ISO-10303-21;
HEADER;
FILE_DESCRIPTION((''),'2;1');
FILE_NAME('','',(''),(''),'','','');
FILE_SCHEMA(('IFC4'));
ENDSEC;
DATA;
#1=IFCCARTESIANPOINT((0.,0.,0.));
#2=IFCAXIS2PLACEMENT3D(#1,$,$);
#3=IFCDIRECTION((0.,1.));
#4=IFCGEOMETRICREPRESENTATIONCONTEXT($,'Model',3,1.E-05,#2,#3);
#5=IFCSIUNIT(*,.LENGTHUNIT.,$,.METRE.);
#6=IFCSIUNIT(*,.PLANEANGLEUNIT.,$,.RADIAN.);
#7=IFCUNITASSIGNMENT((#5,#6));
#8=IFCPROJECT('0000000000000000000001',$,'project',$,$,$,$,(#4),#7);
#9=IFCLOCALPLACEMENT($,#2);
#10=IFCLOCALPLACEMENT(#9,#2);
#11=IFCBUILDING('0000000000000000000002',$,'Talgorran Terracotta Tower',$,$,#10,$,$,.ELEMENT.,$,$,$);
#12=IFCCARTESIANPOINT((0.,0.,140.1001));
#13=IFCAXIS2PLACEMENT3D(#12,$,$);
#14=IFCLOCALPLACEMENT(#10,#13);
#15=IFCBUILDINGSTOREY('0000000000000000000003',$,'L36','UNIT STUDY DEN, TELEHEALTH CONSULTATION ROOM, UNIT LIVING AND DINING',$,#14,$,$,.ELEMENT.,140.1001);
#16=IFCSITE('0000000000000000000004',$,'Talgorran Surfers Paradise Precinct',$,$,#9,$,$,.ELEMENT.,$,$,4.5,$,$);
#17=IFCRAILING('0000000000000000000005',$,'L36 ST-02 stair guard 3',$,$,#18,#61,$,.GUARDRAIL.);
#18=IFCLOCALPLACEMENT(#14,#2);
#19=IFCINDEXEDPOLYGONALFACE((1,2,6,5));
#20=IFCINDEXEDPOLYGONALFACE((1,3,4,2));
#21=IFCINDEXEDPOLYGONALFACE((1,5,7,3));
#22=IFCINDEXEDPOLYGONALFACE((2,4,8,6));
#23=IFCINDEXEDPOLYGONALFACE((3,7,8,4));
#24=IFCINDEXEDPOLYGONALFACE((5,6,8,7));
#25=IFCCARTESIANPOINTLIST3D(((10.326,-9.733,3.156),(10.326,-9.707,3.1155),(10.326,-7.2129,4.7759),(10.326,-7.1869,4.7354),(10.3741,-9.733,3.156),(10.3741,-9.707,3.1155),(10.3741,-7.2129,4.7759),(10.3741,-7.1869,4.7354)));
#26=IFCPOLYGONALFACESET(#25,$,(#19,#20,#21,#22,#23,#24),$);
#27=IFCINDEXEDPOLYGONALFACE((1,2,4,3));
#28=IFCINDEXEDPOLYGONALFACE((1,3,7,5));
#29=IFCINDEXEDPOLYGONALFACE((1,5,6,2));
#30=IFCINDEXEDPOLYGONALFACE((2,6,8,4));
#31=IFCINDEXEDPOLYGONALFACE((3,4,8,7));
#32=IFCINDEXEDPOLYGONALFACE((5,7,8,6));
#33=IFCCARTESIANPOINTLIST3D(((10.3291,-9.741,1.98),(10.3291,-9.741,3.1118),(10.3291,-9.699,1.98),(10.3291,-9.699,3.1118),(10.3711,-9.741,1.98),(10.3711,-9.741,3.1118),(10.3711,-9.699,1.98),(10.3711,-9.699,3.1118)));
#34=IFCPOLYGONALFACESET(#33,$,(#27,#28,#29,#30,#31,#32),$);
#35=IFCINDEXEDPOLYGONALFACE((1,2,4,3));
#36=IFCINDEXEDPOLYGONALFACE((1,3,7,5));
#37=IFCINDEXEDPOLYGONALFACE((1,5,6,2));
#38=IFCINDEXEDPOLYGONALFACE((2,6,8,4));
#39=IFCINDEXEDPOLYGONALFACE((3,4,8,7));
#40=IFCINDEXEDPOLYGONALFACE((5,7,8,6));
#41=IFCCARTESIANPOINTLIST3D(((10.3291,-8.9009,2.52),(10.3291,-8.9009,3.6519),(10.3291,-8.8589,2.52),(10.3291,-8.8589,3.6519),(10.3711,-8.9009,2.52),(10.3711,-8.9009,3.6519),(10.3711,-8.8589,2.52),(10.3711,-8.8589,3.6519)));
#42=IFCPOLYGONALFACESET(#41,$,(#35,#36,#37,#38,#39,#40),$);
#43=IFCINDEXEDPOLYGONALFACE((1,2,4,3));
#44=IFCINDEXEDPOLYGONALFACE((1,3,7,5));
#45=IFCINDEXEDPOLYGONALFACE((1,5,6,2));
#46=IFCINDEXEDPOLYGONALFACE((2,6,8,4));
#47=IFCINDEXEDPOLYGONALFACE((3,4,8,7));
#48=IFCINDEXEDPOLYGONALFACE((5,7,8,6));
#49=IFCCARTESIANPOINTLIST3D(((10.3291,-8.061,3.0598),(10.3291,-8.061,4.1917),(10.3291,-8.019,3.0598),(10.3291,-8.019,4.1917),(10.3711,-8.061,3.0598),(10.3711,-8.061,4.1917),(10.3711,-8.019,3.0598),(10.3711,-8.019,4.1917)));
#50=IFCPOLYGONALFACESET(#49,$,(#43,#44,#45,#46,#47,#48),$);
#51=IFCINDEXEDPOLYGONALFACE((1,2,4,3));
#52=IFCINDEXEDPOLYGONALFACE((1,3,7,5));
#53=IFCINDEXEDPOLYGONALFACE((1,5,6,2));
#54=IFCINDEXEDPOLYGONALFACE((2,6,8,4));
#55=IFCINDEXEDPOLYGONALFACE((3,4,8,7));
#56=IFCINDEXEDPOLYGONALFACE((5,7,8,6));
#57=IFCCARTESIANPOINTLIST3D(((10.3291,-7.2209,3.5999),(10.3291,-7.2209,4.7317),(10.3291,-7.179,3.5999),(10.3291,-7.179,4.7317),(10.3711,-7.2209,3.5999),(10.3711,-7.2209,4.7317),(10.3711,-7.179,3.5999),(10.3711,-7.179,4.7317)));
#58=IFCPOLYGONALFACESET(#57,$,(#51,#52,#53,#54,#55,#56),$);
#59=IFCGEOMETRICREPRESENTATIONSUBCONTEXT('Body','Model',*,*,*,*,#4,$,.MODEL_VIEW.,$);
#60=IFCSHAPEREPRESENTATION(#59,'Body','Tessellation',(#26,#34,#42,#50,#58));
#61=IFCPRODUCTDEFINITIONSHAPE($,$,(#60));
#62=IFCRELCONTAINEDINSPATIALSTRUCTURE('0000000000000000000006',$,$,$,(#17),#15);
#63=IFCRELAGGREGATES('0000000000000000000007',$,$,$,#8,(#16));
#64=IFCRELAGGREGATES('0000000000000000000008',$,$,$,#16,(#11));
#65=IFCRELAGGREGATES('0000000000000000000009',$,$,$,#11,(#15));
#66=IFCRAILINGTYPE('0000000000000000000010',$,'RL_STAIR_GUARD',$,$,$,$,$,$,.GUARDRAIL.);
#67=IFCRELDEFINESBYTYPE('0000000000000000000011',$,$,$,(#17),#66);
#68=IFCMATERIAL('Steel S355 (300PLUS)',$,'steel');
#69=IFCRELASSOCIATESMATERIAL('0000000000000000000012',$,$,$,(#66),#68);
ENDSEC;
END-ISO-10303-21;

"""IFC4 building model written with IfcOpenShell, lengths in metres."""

from ifc_helpers import new_model, si_unit, direction, frame, origin, origin_2d, place, context, subcontext, project, spatial, rectangle, extrude, material, type_object, element, save


model = new_model("IFC4")

# Units and contexts
model_context = context("Model", 3, precision=1e-05, world=origin(), true_north=direction((0.0, 1.0)))
body_context = subcontext(model_context, "Body", "Model", "MODEL_VIEW")
ifc_project = project(units=[si_unit("LENGTHUNIT", "METRE"), si_unit("PLANEANGLEUNIT", "RADIAN")], contexts=[model_context])

# Site, building, storey
site_placement = place(None, origin())
site = spatial("IfcSite", under=ifc_project, at=site_placement, Name="Talgorran Surfers Paradise Precinct", CompositionType="ELEMENT", RefElevation=4.5)
building_placement = place(site_placement, origin())
building = spatial("IfcBuilding", under=site, at=building_placement, Name="Talgorran Terracotta Tower", CompositionType="ELEMENT")
storey_placement = place(building_placement, frame((0.0, 0.0, 140.1001)))
storey = spatial("IfcBuildingStorey", under=building, at=storey_placement, Name="L36", Description="UNIT STUDY DEN, TELEHEALTH CONSULTATION ROOM, UNIT LIVING AND DINING", CompositionType="ELEMENT", Elevation=140.1001)

# Shared definitions
ifc_material_1 = material(Name="Steel S355 (300PLUS)", Category="steel")

# Railing
railing_type_1 = type_object("IfcRailingType", Name="RL_STAIR_GUARD", PredefinedType="GUARDRAIL", material=ifc_material_1)
railing_1_placement = place(storey_placement, frame((10.3501, -9.72, 1.98)))
element("IfcRailing", 1, at=railing_1_placement, inside=storey, type_object=railing_type_1, Name="L36 ST-02 stair guard 3", PredefinedType="GUARDRAIL", context=body_context, shape_type="SweptSolid", body=[
    extrude(rectangle(XDim=0.0481, YDim=0.0481, at=origin_2d()), frame((0.0, 0.0, 1.1558), z_axis=(0.0, 0.8412, 0.540725), x_axis=(-1.0, 0.0, 0.0)), (0.0, 0.0, 1.0), 2.9958),
    extrude(rectangle(XDim=0.042, YDim=0.042, at=origin_2d()), origin(), (0.0, 0.0, 1.0), 1.1318),
    extrude(rectangle(XDim=0.042, YDim=0.042, at=origin_2d()), frame((0.0, 0.8401, 0.54)), (0.0, 0.0, 1.0), 1.1318),
    extrude(rectangle(XDim=0.042, YDim=0.042, at=origin_2d()), frame((0.0, 1.6799, 1.0798)), (0.0, 0.0, 1.0), 1.1318),
    extrude(rectangle(XDim=0.042, YDim=0.042, at=origin_2d()), frame((0.0, 2.52, 1.6199)), (0.0, 0.0, 1.0), 1.1318),
])

save(model, "model.ifc")
